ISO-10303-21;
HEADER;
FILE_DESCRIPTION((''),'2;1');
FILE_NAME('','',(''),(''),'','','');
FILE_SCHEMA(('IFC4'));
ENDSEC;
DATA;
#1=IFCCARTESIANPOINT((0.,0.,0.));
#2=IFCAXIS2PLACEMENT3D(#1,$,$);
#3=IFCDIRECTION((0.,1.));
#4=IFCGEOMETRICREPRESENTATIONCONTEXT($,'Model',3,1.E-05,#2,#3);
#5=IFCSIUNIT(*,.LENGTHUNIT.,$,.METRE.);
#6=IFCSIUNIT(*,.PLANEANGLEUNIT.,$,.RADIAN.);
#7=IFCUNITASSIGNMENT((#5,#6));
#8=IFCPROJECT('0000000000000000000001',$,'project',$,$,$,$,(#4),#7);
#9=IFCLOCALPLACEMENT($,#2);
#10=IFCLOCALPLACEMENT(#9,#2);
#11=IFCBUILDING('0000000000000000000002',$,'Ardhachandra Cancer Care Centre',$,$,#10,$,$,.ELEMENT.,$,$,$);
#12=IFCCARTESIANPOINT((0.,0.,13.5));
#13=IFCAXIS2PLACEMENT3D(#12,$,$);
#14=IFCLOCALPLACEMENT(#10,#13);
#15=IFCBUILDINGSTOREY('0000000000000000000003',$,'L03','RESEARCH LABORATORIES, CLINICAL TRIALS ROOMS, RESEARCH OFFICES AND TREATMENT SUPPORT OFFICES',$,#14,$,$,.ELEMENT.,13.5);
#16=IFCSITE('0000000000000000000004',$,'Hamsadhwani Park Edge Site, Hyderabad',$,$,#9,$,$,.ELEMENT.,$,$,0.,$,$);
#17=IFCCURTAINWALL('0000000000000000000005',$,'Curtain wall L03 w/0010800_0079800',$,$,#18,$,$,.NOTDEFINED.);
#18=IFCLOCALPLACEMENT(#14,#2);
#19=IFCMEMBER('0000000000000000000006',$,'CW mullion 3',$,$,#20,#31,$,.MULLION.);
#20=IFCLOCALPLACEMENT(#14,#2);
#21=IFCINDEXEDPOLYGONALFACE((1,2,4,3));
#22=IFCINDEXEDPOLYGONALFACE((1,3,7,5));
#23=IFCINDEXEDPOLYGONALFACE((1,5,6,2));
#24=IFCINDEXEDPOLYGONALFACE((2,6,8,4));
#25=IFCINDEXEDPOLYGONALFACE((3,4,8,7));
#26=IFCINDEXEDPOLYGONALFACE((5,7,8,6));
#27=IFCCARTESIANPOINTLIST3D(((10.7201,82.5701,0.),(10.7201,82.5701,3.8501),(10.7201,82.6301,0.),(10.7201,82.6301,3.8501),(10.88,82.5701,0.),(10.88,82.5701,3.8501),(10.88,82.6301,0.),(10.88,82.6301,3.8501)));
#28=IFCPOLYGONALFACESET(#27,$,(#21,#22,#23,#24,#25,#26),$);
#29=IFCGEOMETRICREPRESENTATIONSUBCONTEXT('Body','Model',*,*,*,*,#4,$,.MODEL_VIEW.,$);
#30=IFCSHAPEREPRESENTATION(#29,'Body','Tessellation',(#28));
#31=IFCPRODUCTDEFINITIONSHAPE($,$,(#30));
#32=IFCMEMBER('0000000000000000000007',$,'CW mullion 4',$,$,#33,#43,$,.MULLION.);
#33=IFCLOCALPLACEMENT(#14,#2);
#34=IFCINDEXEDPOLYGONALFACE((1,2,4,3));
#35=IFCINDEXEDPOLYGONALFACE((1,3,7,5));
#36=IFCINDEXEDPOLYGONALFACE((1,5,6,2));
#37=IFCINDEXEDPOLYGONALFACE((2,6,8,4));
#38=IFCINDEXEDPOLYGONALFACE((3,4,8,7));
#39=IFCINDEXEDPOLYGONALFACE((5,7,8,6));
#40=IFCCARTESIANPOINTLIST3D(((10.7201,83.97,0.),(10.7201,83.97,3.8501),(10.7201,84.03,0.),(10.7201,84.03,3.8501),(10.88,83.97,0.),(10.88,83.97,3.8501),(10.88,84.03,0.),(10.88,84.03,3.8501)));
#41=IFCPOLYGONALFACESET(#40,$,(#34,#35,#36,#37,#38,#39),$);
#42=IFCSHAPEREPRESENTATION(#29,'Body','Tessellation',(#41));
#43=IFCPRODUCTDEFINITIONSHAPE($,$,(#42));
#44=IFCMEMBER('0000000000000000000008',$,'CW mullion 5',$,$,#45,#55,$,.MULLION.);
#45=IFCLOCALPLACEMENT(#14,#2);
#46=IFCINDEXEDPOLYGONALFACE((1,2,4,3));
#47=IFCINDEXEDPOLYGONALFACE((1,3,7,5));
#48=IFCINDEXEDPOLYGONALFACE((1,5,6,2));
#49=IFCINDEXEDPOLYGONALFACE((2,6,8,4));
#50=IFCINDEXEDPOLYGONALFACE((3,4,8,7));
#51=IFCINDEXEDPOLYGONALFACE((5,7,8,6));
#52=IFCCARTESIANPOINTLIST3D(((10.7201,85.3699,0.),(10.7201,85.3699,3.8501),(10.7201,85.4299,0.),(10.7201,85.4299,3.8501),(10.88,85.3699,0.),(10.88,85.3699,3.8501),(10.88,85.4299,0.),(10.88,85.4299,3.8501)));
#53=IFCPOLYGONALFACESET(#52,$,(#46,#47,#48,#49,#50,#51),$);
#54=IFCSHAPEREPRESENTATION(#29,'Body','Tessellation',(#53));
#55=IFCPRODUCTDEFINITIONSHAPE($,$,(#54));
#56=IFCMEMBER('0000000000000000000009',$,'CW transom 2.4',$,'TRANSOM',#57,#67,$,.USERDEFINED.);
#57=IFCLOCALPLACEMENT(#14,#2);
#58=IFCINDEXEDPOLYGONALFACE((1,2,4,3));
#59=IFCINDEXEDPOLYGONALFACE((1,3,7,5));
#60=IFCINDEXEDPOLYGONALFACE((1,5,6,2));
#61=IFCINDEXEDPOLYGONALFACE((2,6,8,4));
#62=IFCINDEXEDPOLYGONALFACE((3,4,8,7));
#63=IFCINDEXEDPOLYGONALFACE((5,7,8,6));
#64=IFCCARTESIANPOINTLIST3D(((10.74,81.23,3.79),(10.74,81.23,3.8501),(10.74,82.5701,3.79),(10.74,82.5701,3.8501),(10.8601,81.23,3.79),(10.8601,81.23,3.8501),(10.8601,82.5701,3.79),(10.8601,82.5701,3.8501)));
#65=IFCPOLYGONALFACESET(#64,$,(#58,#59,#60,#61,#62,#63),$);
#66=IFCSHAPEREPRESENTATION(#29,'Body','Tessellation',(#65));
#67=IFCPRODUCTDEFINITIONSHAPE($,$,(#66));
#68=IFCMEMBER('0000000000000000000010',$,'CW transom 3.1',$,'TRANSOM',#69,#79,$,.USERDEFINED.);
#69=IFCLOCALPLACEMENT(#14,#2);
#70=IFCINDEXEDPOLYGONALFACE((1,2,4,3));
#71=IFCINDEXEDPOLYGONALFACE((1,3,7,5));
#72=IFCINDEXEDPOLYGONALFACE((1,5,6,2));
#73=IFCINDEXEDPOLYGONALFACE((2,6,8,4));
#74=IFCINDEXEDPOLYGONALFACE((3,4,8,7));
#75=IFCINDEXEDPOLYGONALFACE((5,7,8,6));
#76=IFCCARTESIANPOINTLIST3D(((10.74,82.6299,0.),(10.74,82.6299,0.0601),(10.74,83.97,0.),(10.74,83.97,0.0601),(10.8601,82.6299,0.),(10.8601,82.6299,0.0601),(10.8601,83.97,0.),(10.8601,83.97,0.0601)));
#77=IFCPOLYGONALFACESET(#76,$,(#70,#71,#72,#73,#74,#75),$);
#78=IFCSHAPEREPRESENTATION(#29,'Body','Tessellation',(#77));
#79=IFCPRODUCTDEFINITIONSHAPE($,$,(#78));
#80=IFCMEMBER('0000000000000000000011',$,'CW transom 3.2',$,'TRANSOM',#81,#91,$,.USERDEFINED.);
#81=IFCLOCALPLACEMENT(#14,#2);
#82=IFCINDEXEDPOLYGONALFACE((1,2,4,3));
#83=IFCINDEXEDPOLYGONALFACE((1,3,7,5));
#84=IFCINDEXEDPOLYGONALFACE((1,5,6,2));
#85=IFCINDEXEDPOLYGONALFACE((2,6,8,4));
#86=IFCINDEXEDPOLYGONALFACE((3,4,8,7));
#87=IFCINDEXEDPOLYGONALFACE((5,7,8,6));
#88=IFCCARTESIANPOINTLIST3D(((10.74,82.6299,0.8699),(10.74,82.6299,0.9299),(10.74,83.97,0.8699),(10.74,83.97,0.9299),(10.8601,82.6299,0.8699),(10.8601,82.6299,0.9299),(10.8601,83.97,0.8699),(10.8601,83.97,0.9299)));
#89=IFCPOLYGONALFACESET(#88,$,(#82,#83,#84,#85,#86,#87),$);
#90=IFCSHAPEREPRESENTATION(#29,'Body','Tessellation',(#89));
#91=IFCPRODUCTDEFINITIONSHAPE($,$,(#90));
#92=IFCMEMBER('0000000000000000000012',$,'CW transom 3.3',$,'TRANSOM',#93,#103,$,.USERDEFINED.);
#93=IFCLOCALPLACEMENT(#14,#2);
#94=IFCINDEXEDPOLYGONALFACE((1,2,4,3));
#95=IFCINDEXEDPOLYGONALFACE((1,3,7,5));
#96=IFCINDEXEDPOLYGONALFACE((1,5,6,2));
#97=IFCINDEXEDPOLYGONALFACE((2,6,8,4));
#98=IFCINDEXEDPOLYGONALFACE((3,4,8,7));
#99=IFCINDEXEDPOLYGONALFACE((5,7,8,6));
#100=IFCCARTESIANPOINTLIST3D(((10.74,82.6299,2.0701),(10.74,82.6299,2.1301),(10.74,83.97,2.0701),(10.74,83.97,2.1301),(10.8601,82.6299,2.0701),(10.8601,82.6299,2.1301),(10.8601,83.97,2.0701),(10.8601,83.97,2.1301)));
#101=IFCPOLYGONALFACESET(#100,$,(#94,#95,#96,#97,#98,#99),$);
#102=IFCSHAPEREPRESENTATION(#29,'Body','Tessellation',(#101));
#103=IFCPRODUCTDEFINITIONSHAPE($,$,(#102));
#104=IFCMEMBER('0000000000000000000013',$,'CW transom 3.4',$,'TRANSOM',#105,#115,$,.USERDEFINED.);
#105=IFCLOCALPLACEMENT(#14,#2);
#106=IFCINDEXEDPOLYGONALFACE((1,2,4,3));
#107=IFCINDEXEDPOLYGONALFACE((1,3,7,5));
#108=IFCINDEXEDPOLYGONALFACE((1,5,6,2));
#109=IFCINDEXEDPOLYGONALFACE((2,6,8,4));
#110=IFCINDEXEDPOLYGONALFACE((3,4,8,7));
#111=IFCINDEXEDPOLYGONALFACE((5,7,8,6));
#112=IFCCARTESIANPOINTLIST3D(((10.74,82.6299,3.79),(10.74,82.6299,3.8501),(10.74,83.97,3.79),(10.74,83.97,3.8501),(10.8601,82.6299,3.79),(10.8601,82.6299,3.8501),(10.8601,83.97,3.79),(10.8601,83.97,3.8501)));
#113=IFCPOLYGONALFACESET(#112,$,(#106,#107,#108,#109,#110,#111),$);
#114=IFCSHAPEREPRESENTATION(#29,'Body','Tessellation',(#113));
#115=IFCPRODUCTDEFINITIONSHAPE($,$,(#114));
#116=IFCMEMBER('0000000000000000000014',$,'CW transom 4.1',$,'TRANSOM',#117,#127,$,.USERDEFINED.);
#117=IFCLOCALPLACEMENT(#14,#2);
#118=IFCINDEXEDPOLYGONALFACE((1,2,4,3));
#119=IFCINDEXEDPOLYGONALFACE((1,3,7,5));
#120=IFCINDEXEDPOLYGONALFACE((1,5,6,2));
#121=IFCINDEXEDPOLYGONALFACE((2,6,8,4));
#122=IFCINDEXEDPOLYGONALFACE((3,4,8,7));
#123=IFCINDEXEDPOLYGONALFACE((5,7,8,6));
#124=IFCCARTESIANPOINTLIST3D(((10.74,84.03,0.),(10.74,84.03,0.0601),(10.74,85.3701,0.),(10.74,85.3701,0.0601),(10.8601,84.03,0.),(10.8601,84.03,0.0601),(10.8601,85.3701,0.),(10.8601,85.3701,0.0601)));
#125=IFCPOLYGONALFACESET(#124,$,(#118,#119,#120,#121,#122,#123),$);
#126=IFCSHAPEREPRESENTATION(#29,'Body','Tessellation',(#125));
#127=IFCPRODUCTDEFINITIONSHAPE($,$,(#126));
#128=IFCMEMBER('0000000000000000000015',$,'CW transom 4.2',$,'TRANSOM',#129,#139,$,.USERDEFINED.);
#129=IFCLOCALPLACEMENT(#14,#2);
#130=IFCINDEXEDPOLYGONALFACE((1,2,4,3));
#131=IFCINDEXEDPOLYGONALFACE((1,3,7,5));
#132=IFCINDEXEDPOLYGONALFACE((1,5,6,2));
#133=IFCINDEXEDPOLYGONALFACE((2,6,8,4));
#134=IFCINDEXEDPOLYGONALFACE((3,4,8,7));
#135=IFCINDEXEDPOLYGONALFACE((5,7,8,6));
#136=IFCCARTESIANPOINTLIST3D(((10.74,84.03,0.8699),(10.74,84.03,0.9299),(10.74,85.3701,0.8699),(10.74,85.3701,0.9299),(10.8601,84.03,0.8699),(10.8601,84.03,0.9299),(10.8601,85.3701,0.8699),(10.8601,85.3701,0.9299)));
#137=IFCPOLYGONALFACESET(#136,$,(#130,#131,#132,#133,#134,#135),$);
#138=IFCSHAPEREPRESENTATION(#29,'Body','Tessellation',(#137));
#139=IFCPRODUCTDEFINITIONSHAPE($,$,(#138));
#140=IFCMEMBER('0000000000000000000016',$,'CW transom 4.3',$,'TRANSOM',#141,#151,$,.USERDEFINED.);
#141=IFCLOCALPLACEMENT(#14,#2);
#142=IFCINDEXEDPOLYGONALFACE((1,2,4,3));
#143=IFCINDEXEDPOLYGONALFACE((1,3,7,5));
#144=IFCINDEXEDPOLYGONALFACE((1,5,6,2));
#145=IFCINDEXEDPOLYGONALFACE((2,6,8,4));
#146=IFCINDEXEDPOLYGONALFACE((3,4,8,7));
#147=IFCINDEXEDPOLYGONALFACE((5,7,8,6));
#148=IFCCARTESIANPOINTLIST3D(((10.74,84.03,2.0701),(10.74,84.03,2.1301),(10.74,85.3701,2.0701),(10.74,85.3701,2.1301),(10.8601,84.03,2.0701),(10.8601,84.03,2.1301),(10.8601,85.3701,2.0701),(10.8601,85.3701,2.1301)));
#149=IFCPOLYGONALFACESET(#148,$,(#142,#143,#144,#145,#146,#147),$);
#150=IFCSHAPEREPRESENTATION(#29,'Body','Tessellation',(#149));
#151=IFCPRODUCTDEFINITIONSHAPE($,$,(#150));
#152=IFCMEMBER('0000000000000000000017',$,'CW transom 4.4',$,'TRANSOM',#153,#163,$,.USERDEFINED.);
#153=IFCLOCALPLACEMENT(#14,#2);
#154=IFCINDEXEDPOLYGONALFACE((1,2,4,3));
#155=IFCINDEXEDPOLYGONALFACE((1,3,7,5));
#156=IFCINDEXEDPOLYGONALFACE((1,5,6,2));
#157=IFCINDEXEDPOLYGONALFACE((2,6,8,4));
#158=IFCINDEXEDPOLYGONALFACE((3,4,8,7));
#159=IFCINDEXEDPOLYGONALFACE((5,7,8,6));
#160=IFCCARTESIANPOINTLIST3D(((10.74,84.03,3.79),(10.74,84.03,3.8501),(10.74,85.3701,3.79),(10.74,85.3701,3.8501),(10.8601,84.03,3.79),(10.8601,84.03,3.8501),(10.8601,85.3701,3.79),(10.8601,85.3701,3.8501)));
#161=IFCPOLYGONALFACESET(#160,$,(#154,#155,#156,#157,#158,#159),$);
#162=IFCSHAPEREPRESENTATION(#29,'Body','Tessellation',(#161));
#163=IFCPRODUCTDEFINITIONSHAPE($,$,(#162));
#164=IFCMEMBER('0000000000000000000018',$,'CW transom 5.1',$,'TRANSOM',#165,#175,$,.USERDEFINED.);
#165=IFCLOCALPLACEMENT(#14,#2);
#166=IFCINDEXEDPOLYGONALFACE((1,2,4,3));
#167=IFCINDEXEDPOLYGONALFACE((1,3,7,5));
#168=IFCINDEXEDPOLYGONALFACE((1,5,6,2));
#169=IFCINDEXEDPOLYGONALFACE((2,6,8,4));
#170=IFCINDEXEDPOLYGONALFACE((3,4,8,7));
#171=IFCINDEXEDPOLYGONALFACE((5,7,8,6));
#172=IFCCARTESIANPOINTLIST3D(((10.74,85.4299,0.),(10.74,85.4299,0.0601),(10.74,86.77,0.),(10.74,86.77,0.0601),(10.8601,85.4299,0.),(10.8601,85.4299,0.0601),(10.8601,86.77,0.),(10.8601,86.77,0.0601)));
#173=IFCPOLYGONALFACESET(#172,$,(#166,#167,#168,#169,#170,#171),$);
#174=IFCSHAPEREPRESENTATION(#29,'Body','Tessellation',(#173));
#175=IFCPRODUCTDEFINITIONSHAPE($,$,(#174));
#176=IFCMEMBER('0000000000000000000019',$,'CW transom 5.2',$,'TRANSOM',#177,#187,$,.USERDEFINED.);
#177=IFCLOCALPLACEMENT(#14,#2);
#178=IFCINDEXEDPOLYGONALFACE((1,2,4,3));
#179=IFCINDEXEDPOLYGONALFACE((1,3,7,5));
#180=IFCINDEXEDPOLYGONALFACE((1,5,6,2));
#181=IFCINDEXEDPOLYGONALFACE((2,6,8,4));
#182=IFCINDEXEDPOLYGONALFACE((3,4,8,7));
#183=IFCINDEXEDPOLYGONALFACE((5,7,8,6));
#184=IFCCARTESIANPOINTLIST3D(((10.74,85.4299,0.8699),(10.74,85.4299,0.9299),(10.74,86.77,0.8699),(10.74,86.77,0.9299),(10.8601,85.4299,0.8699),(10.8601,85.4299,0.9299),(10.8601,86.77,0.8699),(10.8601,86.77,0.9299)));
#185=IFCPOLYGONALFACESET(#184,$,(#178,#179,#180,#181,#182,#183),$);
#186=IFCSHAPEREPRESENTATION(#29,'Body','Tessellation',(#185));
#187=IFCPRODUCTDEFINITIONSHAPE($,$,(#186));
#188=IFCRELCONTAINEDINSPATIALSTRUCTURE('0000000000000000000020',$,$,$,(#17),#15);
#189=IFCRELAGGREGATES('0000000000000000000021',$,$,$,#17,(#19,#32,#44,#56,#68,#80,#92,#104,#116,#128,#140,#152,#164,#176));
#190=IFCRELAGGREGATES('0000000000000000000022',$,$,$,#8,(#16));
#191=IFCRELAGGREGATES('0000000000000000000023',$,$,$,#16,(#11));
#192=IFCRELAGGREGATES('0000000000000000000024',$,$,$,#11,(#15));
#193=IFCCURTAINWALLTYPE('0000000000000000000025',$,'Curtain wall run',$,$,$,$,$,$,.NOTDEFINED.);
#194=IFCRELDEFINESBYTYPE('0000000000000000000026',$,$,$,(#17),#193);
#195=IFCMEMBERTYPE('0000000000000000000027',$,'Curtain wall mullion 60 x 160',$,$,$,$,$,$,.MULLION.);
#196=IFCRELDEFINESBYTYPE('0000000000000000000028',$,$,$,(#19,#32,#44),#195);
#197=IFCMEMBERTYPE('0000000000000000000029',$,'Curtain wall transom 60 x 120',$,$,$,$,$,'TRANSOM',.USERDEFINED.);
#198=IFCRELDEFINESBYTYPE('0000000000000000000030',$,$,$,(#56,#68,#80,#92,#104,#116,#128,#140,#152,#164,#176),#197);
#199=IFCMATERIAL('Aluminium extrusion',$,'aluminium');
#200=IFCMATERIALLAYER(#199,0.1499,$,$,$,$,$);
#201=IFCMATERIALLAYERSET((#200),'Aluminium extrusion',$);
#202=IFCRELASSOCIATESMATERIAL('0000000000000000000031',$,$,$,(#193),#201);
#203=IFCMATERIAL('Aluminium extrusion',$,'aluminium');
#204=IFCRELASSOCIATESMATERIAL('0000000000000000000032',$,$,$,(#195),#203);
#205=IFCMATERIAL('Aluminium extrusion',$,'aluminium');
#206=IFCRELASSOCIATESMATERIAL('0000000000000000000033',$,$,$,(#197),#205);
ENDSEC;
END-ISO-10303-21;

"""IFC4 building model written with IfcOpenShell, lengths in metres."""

from ifc_helpers import new_model, si_unit, direction, frame, origin, origin_2d, place, context, subcontext, project, spatial, rectangle, extrude, material, layer, layer_set, material_profile, profile_set, type_object, element, aggregate, save


model = new_model("IFC4")

# Units and contexts
model_context = context("Model", 3, precision=1e-05, world=origin(), true_north=direction((0.0, 1.0)))
body_context = subcontext(model_context, "Body", "Model", "MODEL_VIEW")
ifc_project = project(units=[si_unit("LENGTHUNIT", "METRE"), si_unit("PLANEANGLEUNIT", "RADIAN")], contexts=[model_context])

# Site, building, storey
site_placement = place(None, origin())
site = spatial("IfcSite", under=ifc_project, at=site_placement, Name="Hamsadhwani Park Edge Site, Hyderabad", CompositionType="ELEMENT", RefElevation=0.0)
building_placement = place(site_placement, origin())
building = spatial("IfcBuilding", under=site, at=building_placement, Name="Ardhachandra Cancer Care Centre", CompositionType="ELEMENT")
storey_placement = place(building_placement, frame((0.0, 0.0, 13.5)))
storey = spatial("IfcBuildingStorey", under=building, at=storey_placement, Name="L03", Description="RESEARCH LABORATORIES, CLINICAL TRIALS ROOMS, RESEARCH OFFICES AND TREATMENT SUPPORT OFFICES", CompositionType="ELEMENT", Elevation=13.5)

# Curtain wall, members
ifc_material_1 = material(Name="Aluminium extrusion", Category="aluminium")
ifc_layer_1 = layer(ifc_material_1, 0.1499)
ifc_layer_set_1 = layer_set([ifc_layer_1], Name="Aluminium extrusion")
curtain_wall_type = type_object("IfcCurtainWallType", Name="Curtain wall run", PredefinedType="NOTDEFINED", material=ifc_layer_set_1)
curtain_wall_placement = place(storey_placement, origin())
curtain_wall = element("IfcCurtainWall", 1, at=curtain_wall_placement, inside=storey, type_object=curtain_wall_type, Name="Curtain wall L03 w/0010800_0079800", PredefinedType="NOTDEFINED")
ifc_material_2 = material(Name="Aluminium extrusion", Category="aluminium")
ifc_material_profile_1 = material_profile(ifc_material_2, rectangle(XDim=0.1599, YDim=0.0601, at=origin_2d()), Name="Curtain wall mullion 60 x 160")
ifc_profile_set_1 = profile_set([ifc_material_profile_1], Name="Aluminium extrusion")
member_type_1 = type_object("IfcMemberType", Name="Curtain wall mullion 60 x 160", PredefinedType="MULLION", material=ifc_profile_set_1)
member_1_placement = place(storey_placement, frame((10.8, 82.6001, 0.0), z_axis=(0.0, 0.0, 1.0), x_axis=(-1.0, 0.0, 0.0)))
member_1 = element("IfcMember", 2, at=member_1_placement, type_object=member_type_1, Name="CW mullion 3", PredefinedType="MULLION", context=body_context, shape_type="SweptSolid", body=[
    extrude(rectangle(XDim=0.1599, YDim=0.0601, at=origin_2d()), origin(), (0.0, 0.0, 1.0), 3.8501),
])
member_2_placement = place(storey_placement, frame((10.8, 84.0, 0.0), z_axis=(0.0, 0.0, 1.0), x_axis=(-1.0, 0.0, 0.0)))
member_2 = element("IfcMember", 3, at=member_2_placement, type_object=member_type_1, Name="CW mullion 4", PredefinedType="MULLION", context=body_context, shape_type="SweptSolid", body=[
    extrude(rectangle(XDim=0.1599, YDim=0.0601, at=origin_2d()), origin(), (0.0, 0.0, 1.0), 3.8501),
])
member_3_placement = place(storey_placement, frame((10.8, 85.3999, 0.0), z_axis=(0.0, 0.0, 1.0), x_axis=(-1.0, 0.0, 0.0)))
member_3 = element("IfcMember", 4, at=member_3_placement, type_object=member_type_1, Name="CW mullion 5", PredefinedType="MULLION", context=body_context, shape_type="SweptSolid", body=[
    extrude(rectangle(XDim=0.1599, YDim=0.0601, at=origin_2d()), origin(), (0.0, 0.0, 1.0), 3.8501),
])
ifc_material_3 = material(Name="Aluminium extrusion", Category="aluminium")
ifc_material_profile_2 = material_profile(ifc_material_3, rectangle(XDim=0.1201, YDim=0.0601, at=origin_2d()), Name="Curtain wall transom 60 x 120")
ifc_profile_set_2 = profile_set([ifc_material_profile_2], Name="Aluminium extrusion")
member_type_2 = type_object("IfcMemberType", Name="Curtain wall transom 60 x 120", ElementType="TRANSOM", PredefinedType="USERDEFINED", material=ifc_profile_set_2)
member_4_placement = place(storey_placement, frame((10.8, 81.23, 3.8201), z_axis=(0.0, 1.0, 0.0), x_axis=(-1.0, 0.0, 0.0)))
member_4 = element("IfcMember", 5, at=member_4_placement, type_object=member_type_2, Name="CW transom 2.4", ObjectType="TRANSOM", PredefinedType="USERDEFINED", context=body_context, shape_type="SweptSolid", body=[
    extrude(rectangle(XDim=0.1201, YDim=0.0601, at=origin_2d()), origin(), (0.0, 0.0, 1.0), 1.3401),
])
member_5_placement = place(storey_placement, frame((10.8, 82.6299, 0.03), z_axis=(0.0, 1.0, 0.0), x_axis=(-1.0, 0.0, 0.0)))
member_5 = element("IfcMember", 6, at=member_5_placement, type_object=member_type_2, Name="CW transom 3.1", ObjectType="TRANSOM", PredefinedType="USERDEFINED", context=body_context, shape_type="SweptSolid", body=[
    extrude(rectangle(XDim=0.1201, YDim=0.0601, at=origin_2d()), origin(), (0.0, 0.0, 1.0), 1.3401),
])
member_6_placement = place(storey_placement, frame((10.8, 82.6299, 0.8999), z_axis=(0.0, 1.0, 0.0), x_axis=(-1.0, 0.0, 0.0)))
member_6 = element("IfcMember", 7, at=member_6_placement, type_object=member_type_2, Name="CW transom 3.2", ObjectType="TRANSOM", PredefinedType="USERDEFINED", context=body_context, shape_type="SweptSolid", body=[
    extrude(rectangle(XDim=0.1201, YDim=0.0601, at=origin_2d()), origin(), (0.0, 0.0, 1.0), 1.3401),
])
member_7_placement = place(storey_placement, frame((10.8, 82.6299, 2.1001), z_axis=(0.0, 1.0, 0.0), x_axis=(-1.0, 0.0, 0.0)))
member_7 = element("IfcMember", 8, at=member_7_placement, type_object=member_type_2, Name="CW transom 3.3", ObjectType="TRANSOM", PredefinedType="USERDEFINED", context=body_context, shape_type="SweptSolid", body=[
    extrude(rectangle(XDim=0.1201, YDim=0.0601, at=origin_2d()), origin(), (0.0, 0.0, 1.0), 1.3401),
])
member_8_placement = place(storey_placement, frame((10.8, 82.6299, 3.8201), z_axis=(0.0, 1.0, 0.0), x_axis=(-1.0, 0.0, 0.0)))
member_8 = element("IfcMember", 9, at=member_8_placement, type_object=member_type_2, Name="CW transom 3.4", ObjectType="TRANSOM", PredefinedType="USERDEFINED", context=body_context, shape_type="SweptSolid", body=[
    extrude(rectangle(XDim=0.1201, YDim=0.0601, at=origin_2d()), origin(), (0.0, 0.0, 1.0), 1.3401),
])
member_9_placement = place(storey_placement, frame((10.8, 84.03, 0.03), z_axis=(0.0, 1.0, 0.0), x_axis=(-1.0, 0.0, 0.0)))
member_9 = element("IfcMember", 10, at=member_9_placement, type_object=member_type_2, Name="CW transom 4.1", ObjectType="TRANSOM", PredefinedType="USERDEFINED", context=body_context, shape_type="SweptSolid", body=[
    extrude(rectangle(XDim=0.1201, YDim=0.0601, at=origin_2d()), origin(), (0.0, 0.0, 1.0), 1.3401),
])
member_10_placement = place(storey_placement, frame((10.8, 84.03, 0.8999), z_axis=(0.0, 1.0, 0.0), x_axis=(-1.0, 0.0, 0.0)))
member_10 = element("IfcMember", 11, at=member_10_placement, type_object=member_type_2, Name="CW transom 4.2", ObjectType="TRANSOM", PredefinedType="USERDEFINED", context=body_context, shape_type="SweptSolid", body=[
    extrude(rectangle(XDim=0.1201, YDim=0.0601, at=origin_2d()), origin(), (0.0, 0.0, 1.0), 1.3401),
])
member_11_placement = place(storey_placement, frame((10.8, 84.03, 2.1001), z_axis=(0.0, 1.0, 0.0), x_axis=(-1.0, 0.0, 0.0)))
member_11 = element("IfcMember", 12, at=member_11_placement, type_object=member_type_2, Name="CW transom 4.3", ObjectType="TRANSOM", PredefinedType="USERDEFINED", context=body_context, shape_type="SweptSolid", body=[
    extrude(rectangle(XDim=0.1201, YDim=0.0601, at=origin_2d()), origin(), (0.0, 0.0, 1.0), 1.3401),
])
member_12_placement = place(storey_placement, frame((10.8, 84.03, 3.8201), z_axis=(0.0, 1.0, 0.0), x_axis=(-1.0, 0.0, 0.0)))
member_12 = element("IfcMember", 13, at=member_12_placement, type_object=member_type_2, Name="CW transom 4.4", ObjectType="TRANSOM", PredefinedType="USERDEFINED", context=body_context, shape_type="SweptSolid", body=[
    extrude(rectangle(XDim=0.1201, YDim=0.0601, at=origin_2d()), origin(), (0.0, 0.0, 1.0), 1.3401),
])
member_13_placement = place(storey_placement, frame((10.8, 85.4299, 0.03), z_axis=(0.0, 1.0, 0.0), x_axis=(-1.0, 0.0, 0.0)))
member_13 = element("IfcMember", 14, at=member_13_placement, type_object=member_type_2, Name="CW transom 5.1", ObjectType="TRANSOM", PredefinedType="USERDEFINED", context=body_context, shape_type="SweptSolid", body=[
    extrude(rectangle(XDim=0.1201, YDim=0.0601, at=origin_2d()), origin(), (0.0, 0.0, 1.0), 1.3401),
])
member_14_placement = place(storey_placement, frame((10.8, 85.4299, 0.8999), z_axis=(0.0, 1.0, 0.0), x_axis=(-1.0, 0.0, 0.0)))
member_14 = element("IfcMember", 15, at=member_14_placement, type_object=member_type_2, Name="CW transom 5.2", ObjectType="TRANSOM", PredefinedType="USERDEFINED", context=body_context, shape_type="SweptSolid", body=[
    extrude(rectangle(XDim=0.1201, YDim=0.0601, at=origin_2d()), origin(), (0.0, 0.0, 1.0), 1.3401),
])
aggregate(curtain_wall, [member_1, member_2, member_3, member_4, member_5, member_6, member_7, member_8, member_9, member_10, member_11, member_12, member_13, member_14])

save(model, "model.ifc")
